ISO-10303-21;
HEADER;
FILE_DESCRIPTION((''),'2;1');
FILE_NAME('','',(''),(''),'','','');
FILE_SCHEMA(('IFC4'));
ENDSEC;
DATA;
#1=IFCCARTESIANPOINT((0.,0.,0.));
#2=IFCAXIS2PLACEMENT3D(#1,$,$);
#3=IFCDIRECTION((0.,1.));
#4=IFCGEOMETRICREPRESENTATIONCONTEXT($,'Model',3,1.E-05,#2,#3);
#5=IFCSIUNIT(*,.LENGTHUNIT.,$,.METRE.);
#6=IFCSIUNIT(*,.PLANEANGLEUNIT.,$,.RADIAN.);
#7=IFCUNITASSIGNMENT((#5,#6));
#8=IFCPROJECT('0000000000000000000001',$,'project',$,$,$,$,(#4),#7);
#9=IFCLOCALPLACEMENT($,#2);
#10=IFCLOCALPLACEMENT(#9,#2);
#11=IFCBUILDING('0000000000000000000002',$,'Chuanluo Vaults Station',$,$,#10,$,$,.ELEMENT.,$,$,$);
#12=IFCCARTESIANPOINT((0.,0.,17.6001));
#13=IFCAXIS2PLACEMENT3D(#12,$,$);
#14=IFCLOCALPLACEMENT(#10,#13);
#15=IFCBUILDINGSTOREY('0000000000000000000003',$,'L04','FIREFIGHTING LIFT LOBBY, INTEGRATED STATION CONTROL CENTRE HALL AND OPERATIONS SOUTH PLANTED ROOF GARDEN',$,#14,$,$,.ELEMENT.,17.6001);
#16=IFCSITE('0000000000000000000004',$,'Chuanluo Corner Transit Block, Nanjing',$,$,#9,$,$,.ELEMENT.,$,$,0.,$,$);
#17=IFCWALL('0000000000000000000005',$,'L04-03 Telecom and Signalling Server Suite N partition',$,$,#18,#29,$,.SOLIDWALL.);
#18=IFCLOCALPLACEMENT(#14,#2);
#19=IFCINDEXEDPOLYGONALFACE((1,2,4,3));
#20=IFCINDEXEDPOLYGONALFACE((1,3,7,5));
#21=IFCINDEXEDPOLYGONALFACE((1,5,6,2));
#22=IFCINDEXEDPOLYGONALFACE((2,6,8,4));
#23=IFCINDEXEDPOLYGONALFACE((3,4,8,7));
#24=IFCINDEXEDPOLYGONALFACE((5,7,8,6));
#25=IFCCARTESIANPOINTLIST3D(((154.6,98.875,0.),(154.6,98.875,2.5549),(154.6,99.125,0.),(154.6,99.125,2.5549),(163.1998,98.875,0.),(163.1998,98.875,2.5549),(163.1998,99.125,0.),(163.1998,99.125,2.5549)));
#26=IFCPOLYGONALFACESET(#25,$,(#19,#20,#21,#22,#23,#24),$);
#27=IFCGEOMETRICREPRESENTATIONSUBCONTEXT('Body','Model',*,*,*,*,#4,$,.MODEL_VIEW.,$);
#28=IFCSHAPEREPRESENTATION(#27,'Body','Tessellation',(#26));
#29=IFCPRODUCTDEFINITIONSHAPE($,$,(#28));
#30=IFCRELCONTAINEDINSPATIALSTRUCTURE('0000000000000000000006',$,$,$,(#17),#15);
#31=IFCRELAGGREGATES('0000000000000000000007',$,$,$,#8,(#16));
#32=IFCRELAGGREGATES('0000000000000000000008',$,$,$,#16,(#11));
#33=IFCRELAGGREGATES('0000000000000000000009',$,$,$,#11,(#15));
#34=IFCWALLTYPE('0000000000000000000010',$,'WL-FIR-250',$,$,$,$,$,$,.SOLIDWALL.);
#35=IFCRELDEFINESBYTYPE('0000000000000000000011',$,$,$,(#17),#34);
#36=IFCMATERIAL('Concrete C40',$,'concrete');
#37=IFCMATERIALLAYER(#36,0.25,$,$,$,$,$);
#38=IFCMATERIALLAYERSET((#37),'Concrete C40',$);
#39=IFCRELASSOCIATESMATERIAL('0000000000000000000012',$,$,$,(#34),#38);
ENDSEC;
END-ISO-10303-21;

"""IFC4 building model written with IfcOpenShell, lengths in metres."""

from ifc_helpers import new_model, si_unit, direction, frame, frame_2d, origin, place, context, subcontext, project, spatial, rectangle, extrude, material, layer, layer_set, type_object, element, save


model = new_model("IFC4")

# Units and contexts
model_context = context("Model", 3, precision=1e-05, world=origin(), true_north=direction((0.0, 1.0)))
body_context = subcontext(model_context, "Body", "Model", "MODEL_VIEW")
ifc_project = project(units=[si_unit("LENGTHUNIT", "METRE"), si_unit("PLANEANGLEUNIT", "RADIAN")], contexts=[model_context])

# Site, building, storey
site_placement = place(None, origin())
site = spatial("IfcSite", under=ifc_project, at=site_placement, Name="Chuanluo Corner Transit Block, Nanjing", CompositionType="ELEMENT", RefElevation=0.0)
building_placement = place(site_placement, origin())
building = spatial("IfcBuilding", under=site, at=building_placement, Name="Chuanluo Vaults Station", CompositionType="ELEMENT")
storey_placement = place(building_placement, frame((0.0, 0.0, 17.6001)))
storey = spatial("IfcBuildingStorey", under=building, at=storey_placement, Name="L04", Description="FIREFIGHTING LIFT LOBBY, INTEGRATED STATION CONTROL CENTRE HALL AND OPERATIONS SOUTH PLANTED ROOF GARDEN", CompositionType="ELEMENT", Elevation=17.6001)

# Wall
ifc_material_1 = material(Name="Concrete C40", Category="concrete")
ifc_layer_1 = layer(ifc_material_1, 0.25)
ifc_layer_set_1 = layer_set([ifc_layer_1], Name="Concrete C40")
wall_type_1 = type_object("IfcWallType", Name="WL-FIR-250", PredefinedType="SOLIDWALL", material=ifc_layer_set_1)
wall_1_placement = place(storey_placement, frame((154.6001, 99.0, 0.0), z_axis=(0.0, 0.0, 1.0), x_axis=(1.0, 0.0, 0.0)))
element("IfcWall", 1, at=wall_1_placement, inside=storey, type_object=wall_type_1, Name="L04-03 Telecom and Signalling Server Suite N partition", PredefinedType="SOLIDWALL", context=body_context, shape_type="SweptSolid", body=[
    extrude(rectangle(XDim=8.5999, YDim=0.25, at=frame_2d((4.2998, 0.0))), origin(), (0.0, 0.0, 1.0), 2.5549),
])

save(model, "model.ifc")
